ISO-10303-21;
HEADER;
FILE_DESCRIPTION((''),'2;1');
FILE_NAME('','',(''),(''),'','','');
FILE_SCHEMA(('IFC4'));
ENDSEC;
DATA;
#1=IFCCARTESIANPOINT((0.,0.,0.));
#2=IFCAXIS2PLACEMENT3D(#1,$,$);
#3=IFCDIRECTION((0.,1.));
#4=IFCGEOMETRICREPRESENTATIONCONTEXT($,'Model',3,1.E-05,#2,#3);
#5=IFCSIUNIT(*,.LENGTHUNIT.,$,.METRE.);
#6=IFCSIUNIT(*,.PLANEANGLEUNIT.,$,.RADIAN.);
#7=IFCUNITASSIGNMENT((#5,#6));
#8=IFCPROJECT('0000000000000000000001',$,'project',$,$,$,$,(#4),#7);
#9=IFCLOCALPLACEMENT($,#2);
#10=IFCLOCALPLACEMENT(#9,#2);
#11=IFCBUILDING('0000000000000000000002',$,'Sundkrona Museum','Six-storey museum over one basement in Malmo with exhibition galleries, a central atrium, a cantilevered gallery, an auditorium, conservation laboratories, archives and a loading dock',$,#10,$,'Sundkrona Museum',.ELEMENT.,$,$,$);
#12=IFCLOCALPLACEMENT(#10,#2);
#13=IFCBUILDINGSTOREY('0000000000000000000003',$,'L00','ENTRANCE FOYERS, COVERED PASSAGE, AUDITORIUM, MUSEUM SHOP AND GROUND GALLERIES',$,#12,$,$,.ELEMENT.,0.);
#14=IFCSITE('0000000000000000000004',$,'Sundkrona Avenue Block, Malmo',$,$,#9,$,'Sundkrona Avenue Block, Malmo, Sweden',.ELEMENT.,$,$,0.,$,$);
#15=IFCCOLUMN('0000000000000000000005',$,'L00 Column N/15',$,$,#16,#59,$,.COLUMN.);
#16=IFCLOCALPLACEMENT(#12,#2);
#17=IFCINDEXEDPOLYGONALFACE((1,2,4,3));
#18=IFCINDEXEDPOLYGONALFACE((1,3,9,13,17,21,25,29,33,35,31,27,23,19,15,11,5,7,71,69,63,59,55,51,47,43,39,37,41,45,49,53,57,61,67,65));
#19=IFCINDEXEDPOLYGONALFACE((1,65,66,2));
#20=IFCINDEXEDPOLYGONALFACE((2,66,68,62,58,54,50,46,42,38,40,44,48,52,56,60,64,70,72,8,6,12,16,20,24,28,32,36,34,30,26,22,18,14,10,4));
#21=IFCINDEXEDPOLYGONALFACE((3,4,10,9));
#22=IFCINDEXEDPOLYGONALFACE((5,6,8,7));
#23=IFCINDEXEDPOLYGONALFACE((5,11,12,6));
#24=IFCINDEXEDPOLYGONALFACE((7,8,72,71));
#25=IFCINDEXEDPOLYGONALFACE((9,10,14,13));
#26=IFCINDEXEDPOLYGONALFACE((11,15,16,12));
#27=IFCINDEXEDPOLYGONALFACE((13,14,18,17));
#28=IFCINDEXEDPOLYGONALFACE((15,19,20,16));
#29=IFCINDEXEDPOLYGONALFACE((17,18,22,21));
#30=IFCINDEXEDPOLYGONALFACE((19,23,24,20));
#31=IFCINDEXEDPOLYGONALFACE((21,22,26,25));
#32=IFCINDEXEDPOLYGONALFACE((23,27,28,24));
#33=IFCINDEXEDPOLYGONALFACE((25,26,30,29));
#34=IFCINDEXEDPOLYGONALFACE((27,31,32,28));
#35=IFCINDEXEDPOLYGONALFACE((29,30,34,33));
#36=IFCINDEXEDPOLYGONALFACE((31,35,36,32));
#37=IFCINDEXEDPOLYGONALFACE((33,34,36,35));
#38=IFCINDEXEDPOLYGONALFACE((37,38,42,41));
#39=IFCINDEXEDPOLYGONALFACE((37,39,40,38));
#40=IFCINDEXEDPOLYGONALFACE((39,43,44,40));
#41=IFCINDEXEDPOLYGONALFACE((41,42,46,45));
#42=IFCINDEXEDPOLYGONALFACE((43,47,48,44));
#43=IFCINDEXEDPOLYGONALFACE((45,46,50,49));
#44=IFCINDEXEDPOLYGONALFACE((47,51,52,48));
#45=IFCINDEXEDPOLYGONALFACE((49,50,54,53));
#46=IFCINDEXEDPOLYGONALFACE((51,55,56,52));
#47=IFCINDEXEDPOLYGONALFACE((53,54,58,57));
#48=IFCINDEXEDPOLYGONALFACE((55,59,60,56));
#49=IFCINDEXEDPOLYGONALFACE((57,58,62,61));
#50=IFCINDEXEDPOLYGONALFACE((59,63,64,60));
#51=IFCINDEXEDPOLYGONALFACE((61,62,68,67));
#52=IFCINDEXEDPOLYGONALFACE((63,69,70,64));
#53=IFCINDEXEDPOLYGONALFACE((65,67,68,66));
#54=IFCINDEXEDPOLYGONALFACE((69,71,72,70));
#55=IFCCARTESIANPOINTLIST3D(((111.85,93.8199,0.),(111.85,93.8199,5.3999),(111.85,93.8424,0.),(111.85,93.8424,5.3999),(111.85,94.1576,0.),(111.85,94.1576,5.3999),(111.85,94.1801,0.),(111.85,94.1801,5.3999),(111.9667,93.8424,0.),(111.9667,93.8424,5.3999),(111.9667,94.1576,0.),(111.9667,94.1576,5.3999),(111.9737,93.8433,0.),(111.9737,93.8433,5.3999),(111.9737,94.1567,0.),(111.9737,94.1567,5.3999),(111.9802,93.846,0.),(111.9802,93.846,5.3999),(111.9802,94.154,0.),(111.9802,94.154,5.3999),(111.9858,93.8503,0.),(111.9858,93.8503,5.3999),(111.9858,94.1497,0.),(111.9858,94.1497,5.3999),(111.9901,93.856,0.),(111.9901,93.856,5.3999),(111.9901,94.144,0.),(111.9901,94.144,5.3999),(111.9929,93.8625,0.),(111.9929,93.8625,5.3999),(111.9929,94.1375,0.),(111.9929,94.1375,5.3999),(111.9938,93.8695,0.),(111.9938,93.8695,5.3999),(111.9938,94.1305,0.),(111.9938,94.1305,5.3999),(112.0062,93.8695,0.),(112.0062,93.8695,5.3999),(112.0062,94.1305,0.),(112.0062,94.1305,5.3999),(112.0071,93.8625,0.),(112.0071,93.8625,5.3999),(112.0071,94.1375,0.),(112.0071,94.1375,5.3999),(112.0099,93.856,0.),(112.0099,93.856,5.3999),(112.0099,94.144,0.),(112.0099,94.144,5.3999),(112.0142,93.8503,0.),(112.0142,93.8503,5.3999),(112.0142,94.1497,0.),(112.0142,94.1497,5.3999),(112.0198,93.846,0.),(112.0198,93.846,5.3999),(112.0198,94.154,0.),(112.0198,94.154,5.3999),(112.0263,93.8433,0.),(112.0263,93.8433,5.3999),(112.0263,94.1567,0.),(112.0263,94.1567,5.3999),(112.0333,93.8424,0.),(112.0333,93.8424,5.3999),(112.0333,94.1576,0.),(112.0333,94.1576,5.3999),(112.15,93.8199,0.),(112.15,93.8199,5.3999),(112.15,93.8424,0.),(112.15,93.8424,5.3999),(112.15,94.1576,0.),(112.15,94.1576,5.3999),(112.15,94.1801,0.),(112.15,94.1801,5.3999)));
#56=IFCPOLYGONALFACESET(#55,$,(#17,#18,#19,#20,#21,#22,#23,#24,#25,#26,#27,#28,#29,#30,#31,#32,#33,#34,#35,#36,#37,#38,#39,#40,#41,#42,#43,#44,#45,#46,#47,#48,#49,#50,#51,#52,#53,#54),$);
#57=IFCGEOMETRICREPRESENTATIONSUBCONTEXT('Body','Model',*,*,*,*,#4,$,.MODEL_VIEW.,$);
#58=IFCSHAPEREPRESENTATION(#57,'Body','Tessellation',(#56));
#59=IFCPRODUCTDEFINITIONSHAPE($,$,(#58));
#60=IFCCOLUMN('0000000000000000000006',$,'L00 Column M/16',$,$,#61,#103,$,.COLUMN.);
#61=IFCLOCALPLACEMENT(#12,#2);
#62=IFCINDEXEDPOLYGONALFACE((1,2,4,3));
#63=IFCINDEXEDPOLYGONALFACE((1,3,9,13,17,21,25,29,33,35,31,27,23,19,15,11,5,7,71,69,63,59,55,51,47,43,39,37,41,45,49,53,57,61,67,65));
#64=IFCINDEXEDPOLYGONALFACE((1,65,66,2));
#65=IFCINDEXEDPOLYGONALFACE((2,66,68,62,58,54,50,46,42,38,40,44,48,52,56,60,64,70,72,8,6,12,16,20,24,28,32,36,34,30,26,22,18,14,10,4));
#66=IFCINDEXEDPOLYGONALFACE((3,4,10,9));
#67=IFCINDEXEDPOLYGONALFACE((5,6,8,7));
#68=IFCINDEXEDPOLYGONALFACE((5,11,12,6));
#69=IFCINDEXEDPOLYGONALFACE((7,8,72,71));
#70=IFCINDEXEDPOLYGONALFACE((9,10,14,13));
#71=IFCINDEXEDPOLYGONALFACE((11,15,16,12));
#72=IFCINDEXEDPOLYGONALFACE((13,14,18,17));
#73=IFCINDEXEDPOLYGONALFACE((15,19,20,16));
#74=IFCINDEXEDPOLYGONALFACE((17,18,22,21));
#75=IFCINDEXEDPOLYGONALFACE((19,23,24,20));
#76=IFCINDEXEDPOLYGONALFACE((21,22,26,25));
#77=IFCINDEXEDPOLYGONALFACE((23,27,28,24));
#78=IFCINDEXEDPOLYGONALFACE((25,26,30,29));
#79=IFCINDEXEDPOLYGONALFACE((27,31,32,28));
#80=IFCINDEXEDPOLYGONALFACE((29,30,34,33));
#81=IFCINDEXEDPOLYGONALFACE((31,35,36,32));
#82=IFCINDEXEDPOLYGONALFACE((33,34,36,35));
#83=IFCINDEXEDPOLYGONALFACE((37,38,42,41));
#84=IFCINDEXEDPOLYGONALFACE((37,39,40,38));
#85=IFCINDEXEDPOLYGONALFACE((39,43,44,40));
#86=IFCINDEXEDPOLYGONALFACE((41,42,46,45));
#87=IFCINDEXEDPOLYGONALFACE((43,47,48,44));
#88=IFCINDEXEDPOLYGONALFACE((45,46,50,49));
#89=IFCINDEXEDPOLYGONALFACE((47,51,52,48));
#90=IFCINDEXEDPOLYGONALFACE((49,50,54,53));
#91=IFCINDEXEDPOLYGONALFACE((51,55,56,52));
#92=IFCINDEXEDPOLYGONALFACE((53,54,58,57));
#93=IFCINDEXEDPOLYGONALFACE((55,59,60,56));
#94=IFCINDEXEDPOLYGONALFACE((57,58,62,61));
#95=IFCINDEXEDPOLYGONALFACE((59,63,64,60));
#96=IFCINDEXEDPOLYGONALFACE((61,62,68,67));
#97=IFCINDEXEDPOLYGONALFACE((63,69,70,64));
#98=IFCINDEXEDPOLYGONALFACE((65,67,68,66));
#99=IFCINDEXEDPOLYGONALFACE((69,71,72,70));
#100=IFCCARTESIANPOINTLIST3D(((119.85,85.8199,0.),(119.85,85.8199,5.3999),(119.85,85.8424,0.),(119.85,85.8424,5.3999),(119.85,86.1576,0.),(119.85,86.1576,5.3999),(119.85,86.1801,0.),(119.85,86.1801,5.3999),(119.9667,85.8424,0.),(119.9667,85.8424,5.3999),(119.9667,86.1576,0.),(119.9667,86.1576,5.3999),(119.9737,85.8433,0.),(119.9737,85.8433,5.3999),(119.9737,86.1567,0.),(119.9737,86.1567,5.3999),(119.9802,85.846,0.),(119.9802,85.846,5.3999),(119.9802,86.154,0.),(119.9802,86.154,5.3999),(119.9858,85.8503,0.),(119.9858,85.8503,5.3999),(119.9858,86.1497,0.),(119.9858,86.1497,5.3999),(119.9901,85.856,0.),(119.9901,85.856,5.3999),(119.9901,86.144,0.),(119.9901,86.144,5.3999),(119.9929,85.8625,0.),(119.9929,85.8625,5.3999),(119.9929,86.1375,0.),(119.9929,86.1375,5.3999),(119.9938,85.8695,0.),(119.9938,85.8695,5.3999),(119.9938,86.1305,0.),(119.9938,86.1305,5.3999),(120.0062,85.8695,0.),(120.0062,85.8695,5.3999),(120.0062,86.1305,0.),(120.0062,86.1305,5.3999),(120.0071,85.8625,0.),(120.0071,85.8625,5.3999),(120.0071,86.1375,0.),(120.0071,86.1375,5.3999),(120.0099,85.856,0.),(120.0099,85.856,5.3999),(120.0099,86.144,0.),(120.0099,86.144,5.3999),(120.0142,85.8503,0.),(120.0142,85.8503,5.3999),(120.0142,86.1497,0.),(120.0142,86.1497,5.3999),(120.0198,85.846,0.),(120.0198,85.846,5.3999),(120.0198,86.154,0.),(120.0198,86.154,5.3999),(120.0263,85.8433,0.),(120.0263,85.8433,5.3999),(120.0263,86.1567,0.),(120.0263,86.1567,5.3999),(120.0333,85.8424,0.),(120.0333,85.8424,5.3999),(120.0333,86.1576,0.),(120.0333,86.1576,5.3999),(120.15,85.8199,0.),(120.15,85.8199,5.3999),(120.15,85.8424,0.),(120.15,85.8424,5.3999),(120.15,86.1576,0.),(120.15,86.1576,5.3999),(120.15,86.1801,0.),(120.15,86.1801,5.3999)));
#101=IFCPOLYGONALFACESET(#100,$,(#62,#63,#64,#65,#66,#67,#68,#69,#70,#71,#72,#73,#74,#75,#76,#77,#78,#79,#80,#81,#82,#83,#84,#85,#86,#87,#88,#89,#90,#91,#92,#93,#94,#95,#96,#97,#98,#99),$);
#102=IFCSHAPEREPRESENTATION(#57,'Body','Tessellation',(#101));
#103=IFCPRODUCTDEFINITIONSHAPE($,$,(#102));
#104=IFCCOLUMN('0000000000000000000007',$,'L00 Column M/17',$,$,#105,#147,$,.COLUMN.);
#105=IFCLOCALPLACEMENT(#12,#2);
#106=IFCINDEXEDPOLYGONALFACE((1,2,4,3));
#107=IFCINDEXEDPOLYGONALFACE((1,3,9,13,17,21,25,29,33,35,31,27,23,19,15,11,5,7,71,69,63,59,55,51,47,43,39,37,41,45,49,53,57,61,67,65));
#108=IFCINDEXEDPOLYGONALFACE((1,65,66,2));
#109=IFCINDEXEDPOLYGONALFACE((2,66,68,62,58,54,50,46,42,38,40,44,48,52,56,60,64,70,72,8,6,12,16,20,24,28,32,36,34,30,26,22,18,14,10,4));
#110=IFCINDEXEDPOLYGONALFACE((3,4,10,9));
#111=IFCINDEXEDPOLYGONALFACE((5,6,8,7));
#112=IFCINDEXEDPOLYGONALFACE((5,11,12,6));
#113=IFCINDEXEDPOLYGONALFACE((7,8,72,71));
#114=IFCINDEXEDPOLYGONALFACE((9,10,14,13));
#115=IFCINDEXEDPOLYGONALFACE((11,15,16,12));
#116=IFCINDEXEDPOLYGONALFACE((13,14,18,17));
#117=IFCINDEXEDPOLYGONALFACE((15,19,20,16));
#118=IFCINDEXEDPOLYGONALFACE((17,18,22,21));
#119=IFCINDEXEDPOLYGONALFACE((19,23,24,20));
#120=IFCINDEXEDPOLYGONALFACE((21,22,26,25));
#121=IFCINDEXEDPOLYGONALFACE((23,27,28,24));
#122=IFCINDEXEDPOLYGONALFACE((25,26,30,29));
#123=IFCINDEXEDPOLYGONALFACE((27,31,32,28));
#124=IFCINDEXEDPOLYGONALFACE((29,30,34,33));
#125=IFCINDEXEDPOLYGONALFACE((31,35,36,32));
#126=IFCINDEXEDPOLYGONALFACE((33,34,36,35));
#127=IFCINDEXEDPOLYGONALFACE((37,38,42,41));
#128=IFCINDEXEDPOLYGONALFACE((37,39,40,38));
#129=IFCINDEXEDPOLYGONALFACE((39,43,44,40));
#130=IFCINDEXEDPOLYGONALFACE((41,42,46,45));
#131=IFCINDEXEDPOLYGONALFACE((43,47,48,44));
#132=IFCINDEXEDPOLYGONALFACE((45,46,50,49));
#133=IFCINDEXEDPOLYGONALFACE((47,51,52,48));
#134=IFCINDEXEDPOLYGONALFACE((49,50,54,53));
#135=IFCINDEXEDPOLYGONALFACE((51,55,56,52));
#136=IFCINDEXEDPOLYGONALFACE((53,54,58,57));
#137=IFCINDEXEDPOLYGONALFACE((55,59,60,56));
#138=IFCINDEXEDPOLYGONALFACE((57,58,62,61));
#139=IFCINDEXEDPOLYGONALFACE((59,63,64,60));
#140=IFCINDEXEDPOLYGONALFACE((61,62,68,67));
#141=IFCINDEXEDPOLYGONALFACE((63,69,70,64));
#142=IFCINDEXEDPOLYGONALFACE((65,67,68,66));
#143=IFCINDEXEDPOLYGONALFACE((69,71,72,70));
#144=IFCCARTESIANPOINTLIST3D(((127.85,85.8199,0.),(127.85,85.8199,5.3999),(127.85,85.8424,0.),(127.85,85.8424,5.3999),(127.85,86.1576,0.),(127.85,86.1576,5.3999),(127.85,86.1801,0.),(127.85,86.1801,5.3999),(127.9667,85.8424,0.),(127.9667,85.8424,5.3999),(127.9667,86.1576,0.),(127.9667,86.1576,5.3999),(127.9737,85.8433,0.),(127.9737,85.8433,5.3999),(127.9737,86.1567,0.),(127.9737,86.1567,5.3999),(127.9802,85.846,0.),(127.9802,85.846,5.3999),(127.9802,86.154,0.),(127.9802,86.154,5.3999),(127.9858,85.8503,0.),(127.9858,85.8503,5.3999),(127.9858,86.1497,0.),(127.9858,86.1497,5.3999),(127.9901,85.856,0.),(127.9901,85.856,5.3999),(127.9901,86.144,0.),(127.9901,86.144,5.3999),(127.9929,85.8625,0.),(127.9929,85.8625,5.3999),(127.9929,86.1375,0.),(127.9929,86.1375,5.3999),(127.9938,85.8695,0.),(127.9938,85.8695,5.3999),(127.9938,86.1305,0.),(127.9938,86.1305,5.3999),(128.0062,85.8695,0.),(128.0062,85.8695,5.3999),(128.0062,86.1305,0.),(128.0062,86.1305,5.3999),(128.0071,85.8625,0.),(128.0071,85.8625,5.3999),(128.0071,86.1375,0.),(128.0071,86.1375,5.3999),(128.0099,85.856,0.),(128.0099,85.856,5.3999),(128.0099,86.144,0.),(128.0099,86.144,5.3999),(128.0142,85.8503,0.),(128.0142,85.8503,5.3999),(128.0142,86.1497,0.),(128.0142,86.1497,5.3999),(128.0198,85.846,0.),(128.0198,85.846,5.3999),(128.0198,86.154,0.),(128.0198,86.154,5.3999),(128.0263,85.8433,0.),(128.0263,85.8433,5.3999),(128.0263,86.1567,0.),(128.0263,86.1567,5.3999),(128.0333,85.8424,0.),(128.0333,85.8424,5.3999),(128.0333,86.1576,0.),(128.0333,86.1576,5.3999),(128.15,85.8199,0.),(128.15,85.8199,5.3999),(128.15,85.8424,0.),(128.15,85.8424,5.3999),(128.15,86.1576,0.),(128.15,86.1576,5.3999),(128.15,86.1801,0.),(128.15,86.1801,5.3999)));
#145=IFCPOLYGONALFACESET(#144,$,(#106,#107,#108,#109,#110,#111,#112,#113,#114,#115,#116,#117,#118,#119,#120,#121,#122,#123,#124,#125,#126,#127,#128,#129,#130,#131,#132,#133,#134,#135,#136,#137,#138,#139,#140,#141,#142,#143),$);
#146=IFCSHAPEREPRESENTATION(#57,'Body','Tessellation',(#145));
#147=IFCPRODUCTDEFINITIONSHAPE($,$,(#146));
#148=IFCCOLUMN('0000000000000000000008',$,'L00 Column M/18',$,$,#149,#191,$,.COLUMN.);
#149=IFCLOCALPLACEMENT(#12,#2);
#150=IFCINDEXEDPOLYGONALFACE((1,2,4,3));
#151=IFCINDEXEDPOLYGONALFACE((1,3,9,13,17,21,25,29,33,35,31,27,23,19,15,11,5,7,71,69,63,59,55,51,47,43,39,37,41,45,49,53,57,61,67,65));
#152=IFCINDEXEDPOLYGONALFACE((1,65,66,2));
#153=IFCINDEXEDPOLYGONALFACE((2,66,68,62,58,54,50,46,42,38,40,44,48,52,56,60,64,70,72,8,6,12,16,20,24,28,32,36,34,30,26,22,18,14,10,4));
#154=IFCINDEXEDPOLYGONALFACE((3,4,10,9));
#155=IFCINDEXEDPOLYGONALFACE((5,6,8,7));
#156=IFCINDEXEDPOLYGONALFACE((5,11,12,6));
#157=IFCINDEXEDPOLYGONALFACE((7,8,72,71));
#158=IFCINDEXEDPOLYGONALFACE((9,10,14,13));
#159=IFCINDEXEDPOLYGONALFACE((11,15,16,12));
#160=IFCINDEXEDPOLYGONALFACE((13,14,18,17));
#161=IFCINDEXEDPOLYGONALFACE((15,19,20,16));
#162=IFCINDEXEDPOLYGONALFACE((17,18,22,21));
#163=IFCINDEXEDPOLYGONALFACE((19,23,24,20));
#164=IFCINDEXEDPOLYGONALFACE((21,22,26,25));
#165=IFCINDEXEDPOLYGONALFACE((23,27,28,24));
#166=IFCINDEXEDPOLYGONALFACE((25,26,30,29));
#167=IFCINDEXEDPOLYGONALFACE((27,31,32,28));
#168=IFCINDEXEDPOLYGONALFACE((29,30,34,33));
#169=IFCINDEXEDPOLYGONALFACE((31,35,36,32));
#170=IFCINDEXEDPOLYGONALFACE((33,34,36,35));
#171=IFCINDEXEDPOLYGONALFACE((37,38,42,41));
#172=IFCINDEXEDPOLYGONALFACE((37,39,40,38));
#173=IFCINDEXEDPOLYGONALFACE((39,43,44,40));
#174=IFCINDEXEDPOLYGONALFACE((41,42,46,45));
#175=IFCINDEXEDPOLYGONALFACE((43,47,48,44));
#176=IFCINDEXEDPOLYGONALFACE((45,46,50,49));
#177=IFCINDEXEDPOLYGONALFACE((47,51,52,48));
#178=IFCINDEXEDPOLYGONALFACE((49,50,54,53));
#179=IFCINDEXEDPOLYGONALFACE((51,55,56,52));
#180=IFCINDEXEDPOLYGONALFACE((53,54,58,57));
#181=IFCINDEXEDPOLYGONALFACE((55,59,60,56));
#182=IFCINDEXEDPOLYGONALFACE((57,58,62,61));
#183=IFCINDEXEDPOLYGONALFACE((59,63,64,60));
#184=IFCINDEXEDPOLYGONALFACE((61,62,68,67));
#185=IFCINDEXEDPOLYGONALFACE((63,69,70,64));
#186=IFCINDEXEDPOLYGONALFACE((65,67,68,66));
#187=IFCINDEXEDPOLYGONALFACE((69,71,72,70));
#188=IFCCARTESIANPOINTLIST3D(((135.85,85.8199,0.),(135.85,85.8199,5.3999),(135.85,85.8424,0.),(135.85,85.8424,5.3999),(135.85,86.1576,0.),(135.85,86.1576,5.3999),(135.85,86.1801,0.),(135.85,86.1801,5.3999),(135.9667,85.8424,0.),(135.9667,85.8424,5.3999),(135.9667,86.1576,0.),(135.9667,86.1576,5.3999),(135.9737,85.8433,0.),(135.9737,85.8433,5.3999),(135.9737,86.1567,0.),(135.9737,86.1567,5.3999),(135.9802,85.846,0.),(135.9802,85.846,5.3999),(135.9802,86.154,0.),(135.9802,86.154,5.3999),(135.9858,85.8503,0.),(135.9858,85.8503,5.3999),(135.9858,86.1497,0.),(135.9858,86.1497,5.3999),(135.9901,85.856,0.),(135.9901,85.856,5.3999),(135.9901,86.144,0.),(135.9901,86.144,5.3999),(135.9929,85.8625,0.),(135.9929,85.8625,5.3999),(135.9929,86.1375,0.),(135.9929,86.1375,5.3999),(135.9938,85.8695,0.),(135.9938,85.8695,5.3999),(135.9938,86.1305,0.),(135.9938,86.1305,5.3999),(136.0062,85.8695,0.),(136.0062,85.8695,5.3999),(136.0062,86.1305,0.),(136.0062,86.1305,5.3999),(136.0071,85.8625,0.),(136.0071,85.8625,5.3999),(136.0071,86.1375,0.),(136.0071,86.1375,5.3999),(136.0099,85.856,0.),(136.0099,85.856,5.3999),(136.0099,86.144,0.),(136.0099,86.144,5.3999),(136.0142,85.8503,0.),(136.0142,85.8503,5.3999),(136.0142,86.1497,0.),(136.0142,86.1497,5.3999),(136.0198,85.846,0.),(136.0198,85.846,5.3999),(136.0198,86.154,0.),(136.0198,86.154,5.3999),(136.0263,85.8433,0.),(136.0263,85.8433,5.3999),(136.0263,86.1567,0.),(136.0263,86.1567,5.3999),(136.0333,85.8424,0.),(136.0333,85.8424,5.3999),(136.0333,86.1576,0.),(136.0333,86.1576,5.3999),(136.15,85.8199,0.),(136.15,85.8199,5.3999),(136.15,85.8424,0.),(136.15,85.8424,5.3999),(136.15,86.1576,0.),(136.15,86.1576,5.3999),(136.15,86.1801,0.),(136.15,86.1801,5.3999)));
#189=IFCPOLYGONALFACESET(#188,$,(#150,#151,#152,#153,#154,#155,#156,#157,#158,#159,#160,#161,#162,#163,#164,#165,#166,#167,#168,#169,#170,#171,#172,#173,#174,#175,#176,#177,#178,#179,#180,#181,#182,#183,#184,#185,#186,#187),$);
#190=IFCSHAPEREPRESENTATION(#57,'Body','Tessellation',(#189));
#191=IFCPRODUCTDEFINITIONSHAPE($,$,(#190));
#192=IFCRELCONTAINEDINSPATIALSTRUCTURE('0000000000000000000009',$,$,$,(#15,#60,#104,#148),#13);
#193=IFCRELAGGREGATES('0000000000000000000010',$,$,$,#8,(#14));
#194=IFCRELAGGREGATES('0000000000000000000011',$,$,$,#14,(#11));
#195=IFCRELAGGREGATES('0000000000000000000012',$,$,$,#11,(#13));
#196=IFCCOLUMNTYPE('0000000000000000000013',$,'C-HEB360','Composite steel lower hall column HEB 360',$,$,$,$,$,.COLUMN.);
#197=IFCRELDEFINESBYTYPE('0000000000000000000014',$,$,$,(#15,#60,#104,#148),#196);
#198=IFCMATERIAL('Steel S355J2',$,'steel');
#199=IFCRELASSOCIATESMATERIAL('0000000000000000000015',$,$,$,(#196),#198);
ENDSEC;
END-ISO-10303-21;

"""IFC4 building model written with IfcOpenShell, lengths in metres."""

from ifc_helpers import new_model, si_unit, direction, frame, origin, origin_2d, place, context, subcontext, project, spatial, i_section, extrude, material, material_profile, profile_set, type_object, element, save


model = new_model("IFC4")

# Units and contexts
model_context = context("Model", 3, precision=1e-05, world=origin(), true_north=direction((0.0, 1.0)))
body_context = subcontext(model_context, "Body", "Model", "MODEL_VIEW")
ifc_project = project(units=[si_unit("LENGTHUNIT", "METRE"), si_unit("PLANEANGLEUNIT", "RADIAN")], contexts=[model_context])

# Site, building, storey
site_placement = place(None, origin())
site = spatial("IfcSite", under=ifc_project, at=site_placement, Name="Sundkrona Avenue Block, Malmo", LongName="Sundkrona Avenue Block, Malmo, Sweden", CompositionType="ELEMENT", RefElevation=0.0)
building_placement = place(site_placement, origin())
building = spatial("IfcBuilding", under=site, at=building_placement, Name="Sundkrona Museum", Description="Six-storey museum over one basement in Malmo with exhibition galleries, a central atrium, a cantilevered gallery, an auditorium, conservation laboratories, archives and a loading dock", LongName="Sundkrona Museum", CompositionType="ELEMENT")
storey_placement = place(building_placement, origin())
storey = spatial("IfcBuildingStorey", under=building, at=storey_placement, Name="L00", Description="ENTRANCE FOYERS, COVERED PASSAGE, AUDITORIUM, MUSEUM SHOP AND GROUND GALLERIES", CompositionType="ELEMENT", Elevation=0.0)

# Columns
ifc_material_1 = material(Name="Steel S355J2", Category="steel")
ifc_material_profile_1 = material_profile(ifc_material_1, i_section(OverallWidth=0.3, OverallDepth=0.3601, WebThickness=0.0125, FlangeThickness=0.0225, FilletRadius=0.0271, at=origin_2d()), Name="HEB 360")
ifc_profile_set_1 = profile_set([ifc_material_profile_1], Name="Steel S355J2")
column_type = type_object("IfcColumnType", Name="C-HEB360", Description="Composite steel lower hall column HEB 360", PredefinedType="COLUMN", material=ifc_profile_set_1)
for number, where, z_axis, x_axis, name in (
    (1, (112.0, 94.0, 0.0), (0.0, 0.0, 1.0), (1.0, 0.0, 0.0), "L00 Column N/15"),
    (2, (120.0, 86.0, 0.0), (0.0, 0.0, 1.0), (1.0, 0.0, 0.0), "L00 Column M/16"),
    (3, (128.0, 86.0, 0.0), (0.0, 0.0, 1.0), (1.0, 0.0, 0.0), "L00 Column M/17"),
    (4, (136.0, 86.0, 0.0), (0.0, 0.0, 1.0), (1.0, 0.0, 0.0), "L00 Column M/18"),
):
    element("IfcColumn", number, at=place(storey_placement, frame(where, z_axis=z_axis, x_axis=x_axis)), inside=storey, type_object=column_type, Name=name, PredefinedType="COLUMN", context=body_context, shape_type="SweptSolid", body=[
        extrude(i_section(OverallWidth=0.3, OverallDepth=0.3601, WebThickness=0.0125, FlangeThickness=0.0225, FilletRadius=0.0271, at=origin_2d()), origin(), (0.0, 0.0, 1.0), 5.3999),
    ])

save(model, "model.ifc")
